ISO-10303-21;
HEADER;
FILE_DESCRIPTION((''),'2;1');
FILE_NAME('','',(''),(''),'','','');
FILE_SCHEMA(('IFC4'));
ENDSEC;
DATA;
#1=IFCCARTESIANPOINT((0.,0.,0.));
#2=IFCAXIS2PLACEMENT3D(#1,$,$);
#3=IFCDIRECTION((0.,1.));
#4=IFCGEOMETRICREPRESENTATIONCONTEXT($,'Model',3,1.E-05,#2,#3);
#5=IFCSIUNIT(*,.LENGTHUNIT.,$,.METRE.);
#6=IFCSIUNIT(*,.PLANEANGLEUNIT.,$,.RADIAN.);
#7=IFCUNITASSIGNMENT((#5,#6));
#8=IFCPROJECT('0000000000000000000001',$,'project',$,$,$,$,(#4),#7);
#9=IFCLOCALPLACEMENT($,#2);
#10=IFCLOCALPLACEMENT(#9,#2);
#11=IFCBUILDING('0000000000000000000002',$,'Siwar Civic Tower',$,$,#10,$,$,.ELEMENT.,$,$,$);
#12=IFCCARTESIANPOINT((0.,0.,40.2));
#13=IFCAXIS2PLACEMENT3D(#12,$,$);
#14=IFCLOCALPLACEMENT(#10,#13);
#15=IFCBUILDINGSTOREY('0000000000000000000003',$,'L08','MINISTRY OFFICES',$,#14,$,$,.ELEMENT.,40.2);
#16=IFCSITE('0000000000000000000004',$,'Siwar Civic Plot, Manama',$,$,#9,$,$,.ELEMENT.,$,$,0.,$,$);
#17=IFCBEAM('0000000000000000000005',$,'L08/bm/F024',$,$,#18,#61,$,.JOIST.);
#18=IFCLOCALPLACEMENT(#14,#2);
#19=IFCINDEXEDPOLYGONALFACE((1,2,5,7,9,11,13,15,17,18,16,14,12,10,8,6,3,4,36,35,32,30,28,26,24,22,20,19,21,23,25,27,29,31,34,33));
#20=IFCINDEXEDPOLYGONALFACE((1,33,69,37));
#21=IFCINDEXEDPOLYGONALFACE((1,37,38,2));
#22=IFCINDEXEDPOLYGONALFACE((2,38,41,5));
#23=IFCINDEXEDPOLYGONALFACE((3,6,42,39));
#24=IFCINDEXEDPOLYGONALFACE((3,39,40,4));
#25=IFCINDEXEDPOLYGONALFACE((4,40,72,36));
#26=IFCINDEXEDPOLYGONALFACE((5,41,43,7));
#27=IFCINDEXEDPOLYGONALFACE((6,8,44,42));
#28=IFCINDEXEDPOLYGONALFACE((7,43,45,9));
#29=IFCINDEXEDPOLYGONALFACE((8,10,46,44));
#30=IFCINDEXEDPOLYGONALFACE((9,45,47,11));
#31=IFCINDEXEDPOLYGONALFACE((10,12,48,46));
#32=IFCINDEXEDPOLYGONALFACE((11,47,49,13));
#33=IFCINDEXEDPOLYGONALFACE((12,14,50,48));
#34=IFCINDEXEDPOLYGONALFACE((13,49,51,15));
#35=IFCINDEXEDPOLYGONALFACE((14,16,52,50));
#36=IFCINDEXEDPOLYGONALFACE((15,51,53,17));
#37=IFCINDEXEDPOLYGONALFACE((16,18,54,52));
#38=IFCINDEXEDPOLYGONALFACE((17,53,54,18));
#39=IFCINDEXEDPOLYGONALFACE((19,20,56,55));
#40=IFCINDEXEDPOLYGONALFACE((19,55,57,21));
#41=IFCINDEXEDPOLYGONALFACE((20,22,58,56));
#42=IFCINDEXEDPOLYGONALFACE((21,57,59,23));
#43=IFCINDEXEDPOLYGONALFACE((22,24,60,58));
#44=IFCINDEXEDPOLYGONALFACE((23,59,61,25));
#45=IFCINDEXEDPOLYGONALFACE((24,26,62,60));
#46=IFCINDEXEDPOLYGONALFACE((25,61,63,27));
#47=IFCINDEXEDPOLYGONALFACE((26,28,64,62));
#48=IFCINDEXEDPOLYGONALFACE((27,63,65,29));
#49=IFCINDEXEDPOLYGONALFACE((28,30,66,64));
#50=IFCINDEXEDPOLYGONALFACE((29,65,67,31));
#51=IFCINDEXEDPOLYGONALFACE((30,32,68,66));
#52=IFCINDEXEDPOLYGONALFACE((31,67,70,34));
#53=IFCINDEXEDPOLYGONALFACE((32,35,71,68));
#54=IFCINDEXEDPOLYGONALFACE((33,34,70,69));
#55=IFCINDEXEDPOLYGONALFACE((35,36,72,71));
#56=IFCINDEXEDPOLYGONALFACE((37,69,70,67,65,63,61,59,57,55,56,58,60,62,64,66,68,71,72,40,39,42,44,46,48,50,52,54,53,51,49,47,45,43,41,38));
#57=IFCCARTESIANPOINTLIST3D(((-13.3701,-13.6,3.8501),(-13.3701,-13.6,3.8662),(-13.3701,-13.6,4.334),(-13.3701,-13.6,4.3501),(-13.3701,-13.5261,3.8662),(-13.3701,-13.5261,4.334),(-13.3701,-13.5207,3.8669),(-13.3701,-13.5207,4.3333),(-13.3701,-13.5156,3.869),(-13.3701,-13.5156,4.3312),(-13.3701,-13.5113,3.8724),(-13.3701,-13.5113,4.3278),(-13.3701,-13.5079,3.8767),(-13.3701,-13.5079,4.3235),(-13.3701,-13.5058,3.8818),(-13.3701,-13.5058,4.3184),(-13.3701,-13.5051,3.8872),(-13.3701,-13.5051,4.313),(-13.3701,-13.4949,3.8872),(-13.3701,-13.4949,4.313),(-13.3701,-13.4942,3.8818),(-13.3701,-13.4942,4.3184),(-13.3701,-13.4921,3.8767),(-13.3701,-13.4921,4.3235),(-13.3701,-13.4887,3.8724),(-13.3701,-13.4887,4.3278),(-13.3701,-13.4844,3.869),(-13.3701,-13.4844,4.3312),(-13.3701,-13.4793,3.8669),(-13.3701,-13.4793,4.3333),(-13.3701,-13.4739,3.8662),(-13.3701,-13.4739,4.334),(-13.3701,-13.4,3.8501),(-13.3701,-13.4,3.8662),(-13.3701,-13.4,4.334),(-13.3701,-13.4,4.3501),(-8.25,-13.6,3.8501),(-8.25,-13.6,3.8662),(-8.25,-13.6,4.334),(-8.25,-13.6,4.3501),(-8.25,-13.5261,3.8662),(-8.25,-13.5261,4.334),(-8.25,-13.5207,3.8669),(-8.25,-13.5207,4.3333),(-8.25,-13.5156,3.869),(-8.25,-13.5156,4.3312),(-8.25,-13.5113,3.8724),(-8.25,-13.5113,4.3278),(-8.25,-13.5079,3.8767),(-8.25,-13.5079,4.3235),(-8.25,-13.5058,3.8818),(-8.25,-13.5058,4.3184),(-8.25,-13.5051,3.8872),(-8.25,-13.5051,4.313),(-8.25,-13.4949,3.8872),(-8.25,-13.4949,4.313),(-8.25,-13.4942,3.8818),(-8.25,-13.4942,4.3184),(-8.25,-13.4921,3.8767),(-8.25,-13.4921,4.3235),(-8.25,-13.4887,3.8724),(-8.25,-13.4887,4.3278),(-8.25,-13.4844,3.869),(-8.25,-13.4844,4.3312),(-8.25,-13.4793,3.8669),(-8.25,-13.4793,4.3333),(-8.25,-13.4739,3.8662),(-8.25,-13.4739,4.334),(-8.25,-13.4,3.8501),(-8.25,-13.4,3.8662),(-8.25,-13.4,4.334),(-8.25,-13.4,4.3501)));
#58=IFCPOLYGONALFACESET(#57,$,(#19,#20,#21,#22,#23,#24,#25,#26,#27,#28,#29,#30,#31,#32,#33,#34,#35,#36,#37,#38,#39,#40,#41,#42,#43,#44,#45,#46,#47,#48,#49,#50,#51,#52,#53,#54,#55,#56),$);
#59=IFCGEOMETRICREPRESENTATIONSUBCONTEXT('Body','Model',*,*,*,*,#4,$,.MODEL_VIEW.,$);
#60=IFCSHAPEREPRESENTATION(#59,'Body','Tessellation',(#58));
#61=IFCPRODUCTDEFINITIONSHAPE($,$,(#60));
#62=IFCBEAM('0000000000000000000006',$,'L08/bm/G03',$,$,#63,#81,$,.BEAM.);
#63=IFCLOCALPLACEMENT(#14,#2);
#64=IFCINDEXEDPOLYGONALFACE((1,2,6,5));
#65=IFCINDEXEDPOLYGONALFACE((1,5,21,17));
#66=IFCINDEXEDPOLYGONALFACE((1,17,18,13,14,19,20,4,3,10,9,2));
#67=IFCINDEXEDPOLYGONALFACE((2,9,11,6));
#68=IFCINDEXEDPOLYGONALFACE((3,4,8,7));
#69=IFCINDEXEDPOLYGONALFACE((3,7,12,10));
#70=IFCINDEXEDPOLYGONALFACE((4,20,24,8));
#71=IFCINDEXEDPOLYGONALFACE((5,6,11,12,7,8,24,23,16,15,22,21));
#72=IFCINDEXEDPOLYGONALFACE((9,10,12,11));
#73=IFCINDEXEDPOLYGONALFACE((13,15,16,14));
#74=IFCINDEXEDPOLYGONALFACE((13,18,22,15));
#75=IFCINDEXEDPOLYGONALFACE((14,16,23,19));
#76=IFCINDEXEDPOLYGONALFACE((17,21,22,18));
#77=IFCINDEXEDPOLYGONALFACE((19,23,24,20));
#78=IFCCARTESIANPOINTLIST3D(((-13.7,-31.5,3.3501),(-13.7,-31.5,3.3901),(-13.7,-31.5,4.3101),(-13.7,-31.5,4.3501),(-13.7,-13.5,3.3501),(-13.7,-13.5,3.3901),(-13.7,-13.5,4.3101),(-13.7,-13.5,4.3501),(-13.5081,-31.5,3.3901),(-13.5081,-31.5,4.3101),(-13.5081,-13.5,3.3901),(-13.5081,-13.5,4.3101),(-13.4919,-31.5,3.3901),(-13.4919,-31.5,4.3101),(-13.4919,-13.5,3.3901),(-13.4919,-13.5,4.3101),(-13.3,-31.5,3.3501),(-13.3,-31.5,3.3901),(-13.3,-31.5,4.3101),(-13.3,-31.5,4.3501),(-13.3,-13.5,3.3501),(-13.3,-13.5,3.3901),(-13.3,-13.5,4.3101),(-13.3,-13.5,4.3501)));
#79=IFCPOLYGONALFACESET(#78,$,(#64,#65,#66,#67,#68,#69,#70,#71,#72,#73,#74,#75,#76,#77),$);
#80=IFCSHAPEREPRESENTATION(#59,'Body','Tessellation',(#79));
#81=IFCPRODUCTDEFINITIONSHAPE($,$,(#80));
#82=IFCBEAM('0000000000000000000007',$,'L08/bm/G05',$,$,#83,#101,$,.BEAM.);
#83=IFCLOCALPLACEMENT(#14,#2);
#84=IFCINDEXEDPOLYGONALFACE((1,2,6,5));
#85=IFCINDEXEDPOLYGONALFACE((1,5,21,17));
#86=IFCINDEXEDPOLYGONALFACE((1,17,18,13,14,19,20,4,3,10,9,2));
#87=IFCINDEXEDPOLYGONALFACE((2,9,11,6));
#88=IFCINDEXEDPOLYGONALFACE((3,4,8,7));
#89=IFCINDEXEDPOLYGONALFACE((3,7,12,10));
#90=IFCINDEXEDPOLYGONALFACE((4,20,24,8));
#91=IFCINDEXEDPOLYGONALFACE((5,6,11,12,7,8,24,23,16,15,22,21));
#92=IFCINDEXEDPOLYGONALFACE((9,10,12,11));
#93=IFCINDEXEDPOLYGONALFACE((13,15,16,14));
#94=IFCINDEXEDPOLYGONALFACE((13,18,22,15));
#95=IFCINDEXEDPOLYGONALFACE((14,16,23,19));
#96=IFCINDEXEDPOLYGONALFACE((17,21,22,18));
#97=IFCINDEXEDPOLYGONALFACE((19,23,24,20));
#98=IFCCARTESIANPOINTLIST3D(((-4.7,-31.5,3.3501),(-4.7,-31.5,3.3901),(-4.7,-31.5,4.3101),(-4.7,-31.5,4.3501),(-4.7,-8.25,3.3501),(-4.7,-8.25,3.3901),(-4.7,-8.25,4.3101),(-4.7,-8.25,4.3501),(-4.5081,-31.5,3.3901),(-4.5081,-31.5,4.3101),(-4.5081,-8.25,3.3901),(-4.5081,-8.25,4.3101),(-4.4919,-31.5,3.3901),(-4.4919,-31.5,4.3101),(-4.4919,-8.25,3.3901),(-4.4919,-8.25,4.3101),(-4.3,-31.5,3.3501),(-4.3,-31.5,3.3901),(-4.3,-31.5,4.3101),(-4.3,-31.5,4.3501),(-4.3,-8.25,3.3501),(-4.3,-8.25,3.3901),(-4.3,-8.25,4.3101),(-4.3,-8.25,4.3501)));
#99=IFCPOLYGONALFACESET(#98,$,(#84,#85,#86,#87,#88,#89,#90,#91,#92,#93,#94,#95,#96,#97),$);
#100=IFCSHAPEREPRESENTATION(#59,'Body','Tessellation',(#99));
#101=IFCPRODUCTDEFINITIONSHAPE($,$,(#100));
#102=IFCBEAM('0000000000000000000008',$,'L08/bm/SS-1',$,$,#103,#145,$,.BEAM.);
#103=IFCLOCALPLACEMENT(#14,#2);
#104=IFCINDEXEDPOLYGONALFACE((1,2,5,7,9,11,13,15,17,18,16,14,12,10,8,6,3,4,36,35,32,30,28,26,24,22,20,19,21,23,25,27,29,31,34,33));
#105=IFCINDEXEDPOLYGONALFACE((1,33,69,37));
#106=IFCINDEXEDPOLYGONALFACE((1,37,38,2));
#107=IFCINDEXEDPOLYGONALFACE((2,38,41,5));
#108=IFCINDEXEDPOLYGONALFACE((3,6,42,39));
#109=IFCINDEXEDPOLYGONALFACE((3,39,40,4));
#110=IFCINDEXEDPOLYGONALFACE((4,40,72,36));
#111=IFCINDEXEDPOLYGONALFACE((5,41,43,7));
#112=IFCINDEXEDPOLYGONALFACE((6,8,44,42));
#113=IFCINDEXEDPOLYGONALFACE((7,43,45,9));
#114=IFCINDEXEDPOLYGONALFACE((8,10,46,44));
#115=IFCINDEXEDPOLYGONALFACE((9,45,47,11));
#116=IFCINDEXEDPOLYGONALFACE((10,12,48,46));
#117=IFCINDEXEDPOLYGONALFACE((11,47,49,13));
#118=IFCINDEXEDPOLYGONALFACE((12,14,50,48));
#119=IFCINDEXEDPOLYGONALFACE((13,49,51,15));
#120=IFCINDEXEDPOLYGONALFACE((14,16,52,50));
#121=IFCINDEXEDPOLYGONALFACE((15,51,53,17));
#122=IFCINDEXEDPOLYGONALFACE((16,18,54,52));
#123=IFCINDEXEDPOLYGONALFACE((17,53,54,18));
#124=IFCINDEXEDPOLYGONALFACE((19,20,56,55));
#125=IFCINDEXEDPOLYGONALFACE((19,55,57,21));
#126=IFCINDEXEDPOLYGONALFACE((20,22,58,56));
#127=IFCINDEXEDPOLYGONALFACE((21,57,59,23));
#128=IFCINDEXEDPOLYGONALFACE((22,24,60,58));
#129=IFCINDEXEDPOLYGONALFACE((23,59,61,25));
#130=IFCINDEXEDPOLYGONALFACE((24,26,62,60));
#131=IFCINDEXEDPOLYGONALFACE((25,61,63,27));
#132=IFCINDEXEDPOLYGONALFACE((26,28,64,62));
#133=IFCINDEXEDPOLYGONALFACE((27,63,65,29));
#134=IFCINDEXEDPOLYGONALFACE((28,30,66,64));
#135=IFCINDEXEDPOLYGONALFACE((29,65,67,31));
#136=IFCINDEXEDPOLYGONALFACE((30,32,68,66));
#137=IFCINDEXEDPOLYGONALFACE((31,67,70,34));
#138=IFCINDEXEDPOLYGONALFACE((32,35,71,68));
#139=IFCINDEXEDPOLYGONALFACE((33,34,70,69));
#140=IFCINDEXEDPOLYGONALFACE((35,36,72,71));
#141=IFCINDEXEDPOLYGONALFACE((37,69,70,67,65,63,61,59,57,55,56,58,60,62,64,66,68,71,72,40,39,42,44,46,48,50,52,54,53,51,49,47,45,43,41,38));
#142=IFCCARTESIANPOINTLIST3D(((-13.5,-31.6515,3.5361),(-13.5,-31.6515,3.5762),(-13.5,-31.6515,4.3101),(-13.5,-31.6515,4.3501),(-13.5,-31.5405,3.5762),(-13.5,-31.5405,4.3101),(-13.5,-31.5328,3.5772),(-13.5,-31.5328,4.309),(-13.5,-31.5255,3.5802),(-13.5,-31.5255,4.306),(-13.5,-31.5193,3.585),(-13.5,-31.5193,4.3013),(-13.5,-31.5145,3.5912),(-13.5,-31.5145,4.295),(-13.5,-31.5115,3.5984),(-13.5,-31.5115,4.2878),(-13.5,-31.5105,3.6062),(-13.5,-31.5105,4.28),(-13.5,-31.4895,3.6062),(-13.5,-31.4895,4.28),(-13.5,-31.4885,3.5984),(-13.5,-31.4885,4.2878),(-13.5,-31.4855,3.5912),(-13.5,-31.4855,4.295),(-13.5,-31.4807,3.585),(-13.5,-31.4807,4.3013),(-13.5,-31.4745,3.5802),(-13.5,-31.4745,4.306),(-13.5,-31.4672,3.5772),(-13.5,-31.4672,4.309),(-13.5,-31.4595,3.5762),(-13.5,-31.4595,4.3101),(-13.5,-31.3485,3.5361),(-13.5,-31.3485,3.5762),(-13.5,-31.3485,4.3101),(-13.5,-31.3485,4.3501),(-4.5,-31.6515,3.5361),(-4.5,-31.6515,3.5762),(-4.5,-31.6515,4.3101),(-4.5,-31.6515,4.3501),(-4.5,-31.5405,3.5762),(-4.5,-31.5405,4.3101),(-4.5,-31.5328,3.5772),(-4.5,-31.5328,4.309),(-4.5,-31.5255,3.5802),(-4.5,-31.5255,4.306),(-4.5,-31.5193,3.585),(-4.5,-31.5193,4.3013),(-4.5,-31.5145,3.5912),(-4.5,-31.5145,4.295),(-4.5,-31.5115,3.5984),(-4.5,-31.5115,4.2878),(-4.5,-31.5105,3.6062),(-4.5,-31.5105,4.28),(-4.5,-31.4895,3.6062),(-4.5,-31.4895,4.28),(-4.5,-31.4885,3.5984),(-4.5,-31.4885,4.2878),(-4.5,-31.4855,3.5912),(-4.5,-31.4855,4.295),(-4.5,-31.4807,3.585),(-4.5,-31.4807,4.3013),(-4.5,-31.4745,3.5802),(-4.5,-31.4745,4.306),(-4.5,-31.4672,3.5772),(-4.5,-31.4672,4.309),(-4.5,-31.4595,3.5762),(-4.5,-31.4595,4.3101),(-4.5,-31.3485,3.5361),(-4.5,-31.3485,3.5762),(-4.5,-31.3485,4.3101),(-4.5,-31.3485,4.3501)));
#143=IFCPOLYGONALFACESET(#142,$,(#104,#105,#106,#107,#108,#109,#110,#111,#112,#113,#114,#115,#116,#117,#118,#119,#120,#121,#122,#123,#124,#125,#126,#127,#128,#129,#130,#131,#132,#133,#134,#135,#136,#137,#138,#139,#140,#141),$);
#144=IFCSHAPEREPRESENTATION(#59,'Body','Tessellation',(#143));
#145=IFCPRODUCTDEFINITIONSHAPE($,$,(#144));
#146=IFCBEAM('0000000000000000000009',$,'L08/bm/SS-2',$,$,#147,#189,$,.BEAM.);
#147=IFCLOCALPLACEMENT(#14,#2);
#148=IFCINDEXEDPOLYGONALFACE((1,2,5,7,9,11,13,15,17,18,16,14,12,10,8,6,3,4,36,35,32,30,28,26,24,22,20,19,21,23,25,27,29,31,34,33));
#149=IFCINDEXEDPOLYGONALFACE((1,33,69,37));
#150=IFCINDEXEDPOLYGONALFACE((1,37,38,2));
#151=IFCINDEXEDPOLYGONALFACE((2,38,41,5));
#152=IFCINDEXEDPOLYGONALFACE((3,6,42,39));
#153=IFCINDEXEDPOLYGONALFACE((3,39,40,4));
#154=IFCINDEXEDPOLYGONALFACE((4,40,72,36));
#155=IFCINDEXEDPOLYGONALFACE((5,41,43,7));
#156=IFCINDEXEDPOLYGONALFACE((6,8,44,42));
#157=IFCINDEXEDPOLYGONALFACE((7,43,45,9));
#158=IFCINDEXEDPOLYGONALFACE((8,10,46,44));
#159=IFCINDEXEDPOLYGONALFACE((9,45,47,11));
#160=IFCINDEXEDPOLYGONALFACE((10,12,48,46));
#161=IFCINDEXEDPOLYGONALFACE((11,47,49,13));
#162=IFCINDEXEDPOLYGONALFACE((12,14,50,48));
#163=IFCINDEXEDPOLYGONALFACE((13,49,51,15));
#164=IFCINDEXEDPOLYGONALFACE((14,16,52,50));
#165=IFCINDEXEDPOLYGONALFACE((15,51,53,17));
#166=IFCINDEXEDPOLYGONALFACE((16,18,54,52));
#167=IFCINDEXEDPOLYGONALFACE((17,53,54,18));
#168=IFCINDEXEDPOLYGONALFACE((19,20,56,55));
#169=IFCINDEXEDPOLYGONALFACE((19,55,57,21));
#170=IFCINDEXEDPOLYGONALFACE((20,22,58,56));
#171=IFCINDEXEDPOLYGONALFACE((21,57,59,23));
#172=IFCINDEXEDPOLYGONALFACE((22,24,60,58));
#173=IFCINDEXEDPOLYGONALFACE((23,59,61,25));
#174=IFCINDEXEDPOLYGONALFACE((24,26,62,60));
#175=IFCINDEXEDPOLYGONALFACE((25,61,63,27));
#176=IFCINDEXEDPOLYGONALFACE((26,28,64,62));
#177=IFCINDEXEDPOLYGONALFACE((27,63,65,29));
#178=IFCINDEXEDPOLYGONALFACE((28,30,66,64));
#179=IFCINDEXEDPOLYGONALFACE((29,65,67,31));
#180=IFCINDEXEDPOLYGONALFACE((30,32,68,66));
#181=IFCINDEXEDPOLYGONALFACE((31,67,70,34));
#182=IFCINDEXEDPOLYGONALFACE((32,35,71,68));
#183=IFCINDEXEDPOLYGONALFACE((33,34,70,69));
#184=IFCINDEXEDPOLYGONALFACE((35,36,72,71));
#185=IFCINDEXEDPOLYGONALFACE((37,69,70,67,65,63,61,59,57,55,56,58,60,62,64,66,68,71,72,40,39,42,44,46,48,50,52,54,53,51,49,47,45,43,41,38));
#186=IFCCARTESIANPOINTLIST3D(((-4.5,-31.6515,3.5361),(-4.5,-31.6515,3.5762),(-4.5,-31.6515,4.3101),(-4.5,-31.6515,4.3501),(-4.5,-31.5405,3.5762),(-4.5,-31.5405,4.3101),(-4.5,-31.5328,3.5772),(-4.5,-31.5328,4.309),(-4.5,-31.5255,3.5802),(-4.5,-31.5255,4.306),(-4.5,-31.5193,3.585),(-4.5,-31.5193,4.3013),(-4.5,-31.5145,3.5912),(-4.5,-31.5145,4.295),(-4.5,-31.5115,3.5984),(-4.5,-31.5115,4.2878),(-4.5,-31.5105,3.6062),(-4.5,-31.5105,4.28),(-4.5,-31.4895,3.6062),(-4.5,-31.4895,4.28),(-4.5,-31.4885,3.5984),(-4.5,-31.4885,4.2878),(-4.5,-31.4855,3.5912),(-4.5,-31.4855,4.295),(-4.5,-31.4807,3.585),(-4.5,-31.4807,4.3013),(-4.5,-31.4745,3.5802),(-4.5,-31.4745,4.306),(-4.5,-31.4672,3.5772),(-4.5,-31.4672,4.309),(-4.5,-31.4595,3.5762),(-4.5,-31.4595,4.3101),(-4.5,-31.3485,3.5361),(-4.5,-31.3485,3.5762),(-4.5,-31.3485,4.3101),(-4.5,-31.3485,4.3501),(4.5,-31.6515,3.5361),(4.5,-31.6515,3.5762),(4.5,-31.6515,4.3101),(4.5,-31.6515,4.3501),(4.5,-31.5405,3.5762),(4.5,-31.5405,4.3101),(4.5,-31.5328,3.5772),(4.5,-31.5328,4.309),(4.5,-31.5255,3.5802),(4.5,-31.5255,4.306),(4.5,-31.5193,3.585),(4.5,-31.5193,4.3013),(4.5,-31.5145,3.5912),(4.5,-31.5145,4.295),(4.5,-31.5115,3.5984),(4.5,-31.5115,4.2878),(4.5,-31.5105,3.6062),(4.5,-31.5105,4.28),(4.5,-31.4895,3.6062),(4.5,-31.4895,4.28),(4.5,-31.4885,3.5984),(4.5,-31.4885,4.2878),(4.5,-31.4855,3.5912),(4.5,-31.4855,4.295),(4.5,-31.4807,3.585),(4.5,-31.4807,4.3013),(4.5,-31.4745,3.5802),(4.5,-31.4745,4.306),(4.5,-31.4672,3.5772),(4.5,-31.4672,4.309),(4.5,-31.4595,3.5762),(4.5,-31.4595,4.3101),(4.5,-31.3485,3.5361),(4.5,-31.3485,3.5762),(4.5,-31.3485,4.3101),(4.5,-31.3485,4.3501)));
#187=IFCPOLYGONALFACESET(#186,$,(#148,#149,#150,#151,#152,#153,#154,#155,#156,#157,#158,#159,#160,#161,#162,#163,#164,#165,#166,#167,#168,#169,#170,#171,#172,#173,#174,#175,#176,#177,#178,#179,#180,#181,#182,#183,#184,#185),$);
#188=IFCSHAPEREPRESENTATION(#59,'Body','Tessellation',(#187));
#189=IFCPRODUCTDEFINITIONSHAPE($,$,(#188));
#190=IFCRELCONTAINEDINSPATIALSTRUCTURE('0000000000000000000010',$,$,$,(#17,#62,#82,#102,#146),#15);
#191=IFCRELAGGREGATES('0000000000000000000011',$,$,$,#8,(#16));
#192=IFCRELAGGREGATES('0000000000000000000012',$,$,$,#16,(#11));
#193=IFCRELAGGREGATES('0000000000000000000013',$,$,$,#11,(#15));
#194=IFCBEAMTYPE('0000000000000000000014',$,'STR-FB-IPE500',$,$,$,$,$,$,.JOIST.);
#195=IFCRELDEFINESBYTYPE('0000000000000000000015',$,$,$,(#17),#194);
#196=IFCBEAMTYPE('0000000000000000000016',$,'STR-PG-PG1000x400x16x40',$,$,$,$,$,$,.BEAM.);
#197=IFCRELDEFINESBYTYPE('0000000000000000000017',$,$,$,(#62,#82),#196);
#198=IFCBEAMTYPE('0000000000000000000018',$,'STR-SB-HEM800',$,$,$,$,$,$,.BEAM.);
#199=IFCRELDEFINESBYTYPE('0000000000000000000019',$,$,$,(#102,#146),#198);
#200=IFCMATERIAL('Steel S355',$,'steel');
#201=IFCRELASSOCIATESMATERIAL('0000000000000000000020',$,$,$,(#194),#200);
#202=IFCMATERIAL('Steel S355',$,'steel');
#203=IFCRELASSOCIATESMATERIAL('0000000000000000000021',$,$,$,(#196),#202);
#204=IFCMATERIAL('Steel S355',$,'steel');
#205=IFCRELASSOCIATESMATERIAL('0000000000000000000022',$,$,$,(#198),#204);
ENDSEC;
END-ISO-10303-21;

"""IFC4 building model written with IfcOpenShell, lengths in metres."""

from ifc_helpers import new_model, si_unit, direction, frame, origin, origin_2d, place, context, subcontext, project, spatial, i_section, extrude, material, material_profile, profile_set, type_object, element, save


model = new_model("IFC4")

# Units and contexts
model_context = context("Model", 3, precision=1e-05, world=origin(), true_north=direction((0.0, 1.0)))
body_context = subcontext(model_context, "Body", "Model", "MODEL_VIEW")
ifc_project = project(units=[si_unit("LENGTHUNIT", "METRE"), si_unit("PLANEANGLEUNIT", "RADIAN")], contexts=[model_context])

# Site, building, storey
site_placement = place(None, origin())
site = spatial("IfcSite", under=ifc_project, at=site_placement, Name="Siwar Civic Plot, Manama", CompositionType="ELEMENT", RefElevation=0.0)
building_placement = place(site_placement, origin())
building = spatial("IfcBuilding", under=site, at=building_placement, Name="Siwar Civic Tower", CompositionType="ELEMENT")
storey_placement = place(building_placement, frame((0.0, 0.0, 40.2)))
storey = spatial("IfcBuildingStorey", under=building, at=storey_placement, Name="L08", Description="MINISTRY OFFICES", CompositionType="ELEMENT", Elevation=40.2)

# Beams
ifc_material_1 = material(Name="Steel S355", Category="steel")
ifc_material_profile_1 = material_profile(ifc_material_1, i_section(OverallWidth=0.2, OverallDepth=0.5, WebThickness=0.0103, FlangeThickness=0.0161, FilletRadius=0.021, at=origin_2d()), Name="IPE500")
ifc_profile_set_1 = profile_set([ifc_material_profile_1], Name="Steel S355")
beam_type_1 = type_object("IfcBeamType", Name="STR-FB-IPE500", PredefinedType="JOIST", material=ifc_profile_set_1)
beam_1_placement = place(storey_placement, frame((-13.3701, -13.5, 4.1001), z_axis=(1.0, 0.0, 0.0), x_axis=(0.0, 1.0, 0.0)))
element("IfcBeam", 1, at=beam_1_placement, inside=storey, type_object=beam_type_1, Name="L08/bm/F024", PredefinedType="JOIST", context=body_context, shape_type="SweptSolid", body=[
    extrude(i_section(OverallWidth=0.2, OverallDepth=0.5, WebThickness=0.0103, FlangeThickness=0.0161, FilletRadius=0.021, at=origin_2d()), origin(), (0.0, 0.0, 1.0), 5.1201),
])
ifc_material_2 = material(Name="Steel S355", Category="steel")
ifc_material_profile_2 = material_profile(ifc_material_2, i_section(OverallWidth=0.3999, OverallDepth=1.0, WebThickness=0.0161, FlangeThickness=0.04, at=origin_2d()), Name="PG1000x400x16x40")
ifc_profile_set_2 = profile_set([ifc_material_profile_2], Name="Steel S355")
beam_type_2 = type_object("IfcBeamType", Name="STR-PG-PG1000x400x16x40", PredefinedType="BEAM", material=ifc_profile_set_2)
beam_2_placement = place(storey_placement, frame((-13.5, -31.5, 3.8501), z_axis=(0.0, 1.0, 0.0), x_axis=(-1.0, 0.0, 0.0)))
element("IfcBeam", 2, at=beam_2_placement, inside=storey, type_object=beam_type_2, Name="L08/bm/G03", PredefinedType="BEAM", context=body_context, shape_type="SweptSolid", body=[
    extrude(i_section(OverallWidth=0.3999, OverallDepth=1.0, WebThickness=0.0161, FlangeThickness=0.04, at=origin_2d()), origin(), (0.0, 0.0, 1.0), 18.0),
])
beam_3_placement = place(storey_placement, frame((-4.5, -31.5, 3.8501), z_axis=(0.0, 1.0, 0.0), x_axis=(-1.0, 0.0, 0.0)))
element("IfcBeam", 3, at=beam_3_placement, inside=storey, type_object=beam_type_2, Name="L08/bm/G05", PredefinedType="BEAM", context=body_context, shape_type="SweptSolid", body=[
    extrude(i_section(OverallWidth=0.3999, OverallDepth=1.0, WebThickness=0.0161, FlangeThickness=0.04, at=origin_2d()), origin(), (0.0, 0.0, 1.0), 23.25),
])
ifc_material_3 = material(Name="Steel S355", Category="steel")
ifc_material_profile_3 = material_profile(ifc_material_3, i_section(OverallWidth=0.303, OverallDepth=0.814, WebThickness=0.021, FlangeThickness=0.04, FilletRadius=0.03, at=origin_2d()), Name="HEM800")
ifc_profile_set_3 = profile_set([ifc_material_profile_3], Name="Steel S355")
beam_type_3 = type_object("IfcBeamType", Name="STR-SB-HEM800", PredefinedType="BEAM", material=ifc_profile_set_3)
for number, where, z_axis, x_axis, name in (
    (4, (-13.5, -31.5, 3.9431), (1.0, 0.0, 0.0), (0.0, 1.0, 0.0), "L08/bm/SS-1"),
    (5, (-4.5, -31.5, 3.9431), (1.0, 0.0, 0.0), (0.0, 1.0, 0.0), "L08/bm/SS-2"),
):
    element("IfcBeam", number, at=place(storey_placement, frame(where, z_axis=z_axis, x_axis=x_axis)), inside=storey, type_object=beam_type_3, Name=name, PredefinedType="BEAM", context=body_context, shape_type="SweptSolid", body=[
        extrude(i_section(OverallWidth=0.303, OverallDepth=0.814, WebThickness=0.021, FlangeThickness=0.04, FilletRadius=0.03, at=origin_2d()), origin(), (0.0, 0.0, 1.0), 9.0),
    ])

save(model, "model.ifc")
